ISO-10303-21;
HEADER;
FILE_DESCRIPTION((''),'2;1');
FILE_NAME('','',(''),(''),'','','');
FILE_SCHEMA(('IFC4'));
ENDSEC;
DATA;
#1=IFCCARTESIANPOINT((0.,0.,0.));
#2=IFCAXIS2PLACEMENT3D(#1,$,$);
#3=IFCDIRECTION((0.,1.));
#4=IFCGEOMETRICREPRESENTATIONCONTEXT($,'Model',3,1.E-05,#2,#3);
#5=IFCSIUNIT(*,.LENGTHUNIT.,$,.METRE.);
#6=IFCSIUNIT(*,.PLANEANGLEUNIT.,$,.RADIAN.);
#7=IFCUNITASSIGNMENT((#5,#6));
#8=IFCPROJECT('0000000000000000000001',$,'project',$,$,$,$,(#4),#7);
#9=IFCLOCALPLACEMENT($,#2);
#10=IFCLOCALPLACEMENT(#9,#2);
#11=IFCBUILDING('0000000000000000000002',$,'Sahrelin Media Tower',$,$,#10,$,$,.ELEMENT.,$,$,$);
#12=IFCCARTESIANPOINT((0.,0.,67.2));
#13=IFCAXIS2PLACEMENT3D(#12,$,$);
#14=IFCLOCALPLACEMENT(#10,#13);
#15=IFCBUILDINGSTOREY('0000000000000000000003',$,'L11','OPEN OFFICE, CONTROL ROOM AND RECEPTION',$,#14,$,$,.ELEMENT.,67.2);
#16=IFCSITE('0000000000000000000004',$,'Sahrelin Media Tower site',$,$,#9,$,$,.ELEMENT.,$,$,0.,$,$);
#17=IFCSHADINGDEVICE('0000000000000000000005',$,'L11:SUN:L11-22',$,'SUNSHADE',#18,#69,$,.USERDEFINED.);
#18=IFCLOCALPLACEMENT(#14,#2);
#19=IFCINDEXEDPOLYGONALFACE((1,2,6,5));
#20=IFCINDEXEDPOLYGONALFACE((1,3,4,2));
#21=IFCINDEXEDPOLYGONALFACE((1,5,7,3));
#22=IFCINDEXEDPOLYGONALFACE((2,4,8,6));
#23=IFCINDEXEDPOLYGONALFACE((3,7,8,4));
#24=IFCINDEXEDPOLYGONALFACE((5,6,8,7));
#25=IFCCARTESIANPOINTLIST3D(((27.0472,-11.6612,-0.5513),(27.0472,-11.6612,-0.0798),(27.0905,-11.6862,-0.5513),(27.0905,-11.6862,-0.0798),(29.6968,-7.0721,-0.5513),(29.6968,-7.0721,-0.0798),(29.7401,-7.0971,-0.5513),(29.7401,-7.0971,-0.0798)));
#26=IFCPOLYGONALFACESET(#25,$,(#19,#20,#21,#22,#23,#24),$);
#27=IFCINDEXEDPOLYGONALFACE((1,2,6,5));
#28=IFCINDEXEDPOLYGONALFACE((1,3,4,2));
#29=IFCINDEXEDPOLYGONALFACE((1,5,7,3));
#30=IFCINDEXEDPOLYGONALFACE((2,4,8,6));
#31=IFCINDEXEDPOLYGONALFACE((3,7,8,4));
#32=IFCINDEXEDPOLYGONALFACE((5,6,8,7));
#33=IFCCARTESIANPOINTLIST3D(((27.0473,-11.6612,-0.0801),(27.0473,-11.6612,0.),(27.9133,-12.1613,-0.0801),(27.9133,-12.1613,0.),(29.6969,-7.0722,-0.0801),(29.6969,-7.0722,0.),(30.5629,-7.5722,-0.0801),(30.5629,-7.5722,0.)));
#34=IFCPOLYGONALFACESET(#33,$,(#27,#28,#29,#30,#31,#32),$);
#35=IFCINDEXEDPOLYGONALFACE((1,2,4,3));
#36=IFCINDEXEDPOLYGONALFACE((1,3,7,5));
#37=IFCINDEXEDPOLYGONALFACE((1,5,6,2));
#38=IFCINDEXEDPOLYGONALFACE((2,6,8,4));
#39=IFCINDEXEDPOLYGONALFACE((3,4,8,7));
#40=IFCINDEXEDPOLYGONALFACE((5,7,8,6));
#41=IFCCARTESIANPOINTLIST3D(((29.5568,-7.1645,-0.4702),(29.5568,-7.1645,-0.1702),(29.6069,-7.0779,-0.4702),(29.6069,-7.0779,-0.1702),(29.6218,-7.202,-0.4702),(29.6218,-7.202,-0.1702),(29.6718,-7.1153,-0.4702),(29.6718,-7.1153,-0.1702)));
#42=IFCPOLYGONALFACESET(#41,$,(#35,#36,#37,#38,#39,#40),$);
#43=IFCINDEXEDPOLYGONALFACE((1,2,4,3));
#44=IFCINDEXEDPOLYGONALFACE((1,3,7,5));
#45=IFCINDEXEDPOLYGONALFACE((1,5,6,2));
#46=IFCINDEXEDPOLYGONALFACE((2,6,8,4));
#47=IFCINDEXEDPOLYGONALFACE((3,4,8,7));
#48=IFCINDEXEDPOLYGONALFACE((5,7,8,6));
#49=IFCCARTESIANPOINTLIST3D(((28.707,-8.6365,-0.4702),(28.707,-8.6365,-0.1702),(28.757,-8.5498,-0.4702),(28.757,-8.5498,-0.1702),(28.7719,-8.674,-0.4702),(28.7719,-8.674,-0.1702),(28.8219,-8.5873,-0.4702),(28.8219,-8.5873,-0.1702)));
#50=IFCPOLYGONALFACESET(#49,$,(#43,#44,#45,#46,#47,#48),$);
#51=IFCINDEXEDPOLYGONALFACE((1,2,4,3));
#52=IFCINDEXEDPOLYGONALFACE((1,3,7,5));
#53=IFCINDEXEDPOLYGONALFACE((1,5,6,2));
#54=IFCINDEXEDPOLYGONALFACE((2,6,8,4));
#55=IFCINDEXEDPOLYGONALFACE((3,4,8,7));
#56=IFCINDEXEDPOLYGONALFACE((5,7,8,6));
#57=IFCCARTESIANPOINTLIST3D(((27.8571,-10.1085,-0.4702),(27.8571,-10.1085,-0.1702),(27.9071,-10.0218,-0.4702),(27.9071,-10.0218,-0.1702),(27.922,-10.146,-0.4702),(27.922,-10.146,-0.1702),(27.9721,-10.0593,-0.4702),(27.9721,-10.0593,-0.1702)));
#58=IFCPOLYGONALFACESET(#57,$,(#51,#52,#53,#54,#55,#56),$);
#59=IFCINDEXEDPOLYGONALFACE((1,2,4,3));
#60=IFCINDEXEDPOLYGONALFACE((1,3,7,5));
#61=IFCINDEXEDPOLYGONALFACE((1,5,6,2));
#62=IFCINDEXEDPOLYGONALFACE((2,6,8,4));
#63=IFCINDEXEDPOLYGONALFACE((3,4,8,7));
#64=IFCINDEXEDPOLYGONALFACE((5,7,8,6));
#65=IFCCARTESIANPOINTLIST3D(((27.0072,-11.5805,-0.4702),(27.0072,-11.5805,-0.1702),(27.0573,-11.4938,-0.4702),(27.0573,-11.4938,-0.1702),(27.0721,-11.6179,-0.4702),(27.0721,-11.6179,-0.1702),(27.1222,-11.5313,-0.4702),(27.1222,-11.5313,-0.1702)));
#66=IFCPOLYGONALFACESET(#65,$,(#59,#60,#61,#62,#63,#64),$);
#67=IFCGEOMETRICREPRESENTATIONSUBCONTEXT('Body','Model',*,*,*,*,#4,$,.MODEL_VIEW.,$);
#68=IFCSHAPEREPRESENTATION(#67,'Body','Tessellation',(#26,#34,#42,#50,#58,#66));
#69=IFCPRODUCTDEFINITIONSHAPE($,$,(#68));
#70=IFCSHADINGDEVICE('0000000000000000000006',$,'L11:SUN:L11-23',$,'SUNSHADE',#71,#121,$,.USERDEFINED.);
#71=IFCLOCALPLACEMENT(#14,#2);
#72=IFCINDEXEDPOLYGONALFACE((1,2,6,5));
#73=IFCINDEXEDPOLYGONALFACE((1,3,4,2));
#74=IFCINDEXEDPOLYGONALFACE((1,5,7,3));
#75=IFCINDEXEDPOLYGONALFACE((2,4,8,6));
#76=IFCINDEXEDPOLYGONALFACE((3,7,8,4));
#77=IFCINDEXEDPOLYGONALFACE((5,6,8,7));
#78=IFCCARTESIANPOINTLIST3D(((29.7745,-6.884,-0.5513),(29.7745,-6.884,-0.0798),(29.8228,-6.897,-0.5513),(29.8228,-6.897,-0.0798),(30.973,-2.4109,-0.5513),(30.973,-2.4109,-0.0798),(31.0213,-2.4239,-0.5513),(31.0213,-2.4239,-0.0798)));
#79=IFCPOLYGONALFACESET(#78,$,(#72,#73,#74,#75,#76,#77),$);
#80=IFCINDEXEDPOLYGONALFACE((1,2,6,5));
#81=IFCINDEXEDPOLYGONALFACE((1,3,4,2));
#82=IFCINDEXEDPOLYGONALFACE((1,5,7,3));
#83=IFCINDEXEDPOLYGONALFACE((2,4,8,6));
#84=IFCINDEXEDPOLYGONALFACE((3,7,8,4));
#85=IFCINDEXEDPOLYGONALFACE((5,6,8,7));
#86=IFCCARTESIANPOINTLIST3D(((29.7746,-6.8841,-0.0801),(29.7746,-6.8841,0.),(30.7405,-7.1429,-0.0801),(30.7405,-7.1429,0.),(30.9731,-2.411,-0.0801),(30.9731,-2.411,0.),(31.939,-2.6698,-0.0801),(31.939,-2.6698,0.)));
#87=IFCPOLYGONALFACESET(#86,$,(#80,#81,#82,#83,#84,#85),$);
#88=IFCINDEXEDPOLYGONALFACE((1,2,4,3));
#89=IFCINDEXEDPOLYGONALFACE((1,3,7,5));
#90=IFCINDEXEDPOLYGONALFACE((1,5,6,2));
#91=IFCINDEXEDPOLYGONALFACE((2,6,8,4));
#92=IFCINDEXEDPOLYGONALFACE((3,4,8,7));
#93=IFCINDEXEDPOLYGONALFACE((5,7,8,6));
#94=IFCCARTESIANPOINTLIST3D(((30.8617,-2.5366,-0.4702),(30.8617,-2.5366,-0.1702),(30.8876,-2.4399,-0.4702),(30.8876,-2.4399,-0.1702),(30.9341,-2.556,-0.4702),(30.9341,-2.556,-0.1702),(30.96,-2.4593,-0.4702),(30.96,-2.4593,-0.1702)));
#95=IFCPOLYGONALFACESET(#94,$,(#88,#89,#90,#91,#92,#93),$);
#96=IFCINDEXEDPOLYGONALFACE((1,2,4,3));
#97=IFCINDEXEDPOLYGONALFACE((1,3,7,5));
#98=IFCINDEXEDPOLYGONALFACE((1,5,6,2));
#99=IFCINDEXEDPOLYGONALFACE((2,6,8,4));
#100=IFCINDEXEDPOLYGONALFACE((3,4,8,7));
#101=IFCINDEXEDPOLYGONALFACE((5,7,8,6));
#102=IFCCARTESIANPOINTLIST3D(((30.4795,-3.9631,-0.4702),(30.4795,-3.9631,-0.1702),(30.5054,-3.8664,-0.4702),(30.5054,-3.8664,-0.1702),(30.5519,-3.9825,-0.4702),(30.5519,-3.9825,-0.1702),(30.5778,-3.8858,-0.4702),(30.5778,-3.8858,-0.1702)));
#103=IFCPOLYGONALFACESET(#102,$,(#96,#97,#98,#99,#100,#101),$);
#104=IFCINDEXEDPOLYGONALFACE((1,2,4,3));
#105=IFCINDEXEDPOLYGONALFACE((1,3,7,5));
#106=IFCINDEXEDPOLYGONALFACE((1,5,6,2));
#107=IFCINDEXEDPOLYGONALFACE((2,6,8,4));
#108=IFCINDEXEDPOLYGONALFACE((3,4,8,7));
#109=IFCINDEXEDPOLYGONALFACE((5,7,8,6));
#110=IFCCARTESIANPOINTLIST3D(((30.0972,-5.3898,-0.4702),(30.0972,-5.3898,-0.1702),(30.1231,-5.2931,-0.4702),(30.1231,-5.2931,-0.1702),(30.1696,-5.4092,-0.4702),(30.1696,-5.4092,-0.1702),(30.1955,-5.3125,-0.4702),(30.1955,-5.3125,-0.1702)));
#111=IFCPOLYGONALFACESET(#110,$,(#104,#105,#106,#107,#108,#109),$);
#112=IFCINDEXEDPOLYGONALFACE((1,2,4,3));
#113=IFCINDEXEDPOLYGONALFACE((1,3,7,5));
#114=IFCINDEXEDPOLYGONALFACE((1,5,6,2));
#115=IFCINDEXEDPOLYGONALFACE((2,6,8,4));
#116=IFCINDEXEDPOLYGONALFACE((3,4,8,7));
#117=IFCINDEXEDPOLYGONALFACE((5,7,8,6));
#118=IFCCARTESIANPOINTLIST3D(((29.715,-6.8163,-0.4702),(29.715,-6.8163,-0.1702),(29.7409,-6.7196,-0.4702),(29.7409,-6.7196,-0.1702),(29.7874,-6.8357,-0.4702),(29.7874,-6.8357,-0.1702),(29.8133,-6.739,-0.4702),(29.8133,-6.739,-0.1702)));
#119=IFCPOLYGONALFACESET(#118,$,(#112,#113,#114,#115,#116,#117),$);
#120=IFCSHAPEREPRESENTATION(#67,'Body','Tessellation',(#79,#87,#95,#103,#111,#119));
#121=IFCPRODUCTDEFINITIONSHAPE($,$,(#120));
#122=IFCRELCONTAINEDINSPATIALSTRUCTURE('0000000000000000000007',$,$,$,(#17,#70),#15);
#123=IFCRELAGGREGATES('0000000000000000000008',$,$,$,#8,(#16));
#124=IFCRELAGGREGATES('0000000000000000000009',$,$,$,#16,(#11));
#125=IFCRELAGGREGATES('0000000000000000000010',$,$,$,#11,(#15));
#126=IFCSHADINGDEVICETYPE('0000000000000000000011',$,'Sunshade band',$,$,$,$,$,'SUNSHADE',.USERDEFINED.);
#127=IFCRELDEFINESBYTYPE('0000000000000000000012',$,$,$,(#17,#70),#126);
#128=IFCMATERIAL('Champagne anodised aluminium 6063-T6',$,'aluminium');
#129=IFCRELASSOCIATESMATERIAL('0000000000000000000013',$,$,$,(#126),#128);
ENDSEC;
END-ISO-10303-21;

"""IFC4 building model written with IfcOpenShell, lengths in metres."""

from ifc_helpers import new_model, si_unit, direction, frame, origin, origin_2d, place, context, subcontext, project, spatial, rectangle, extrude, material, type_object, element, save


model = new_model("IFC4")

# Units and contexts
model_context = context("Model", 3, precision=1e-05, world=origin(), true_north=direction((0.0, 1.0)))
body_context = subcontext(model_context, "Body", "Model", "MODEL_VIEW")
ifc_project = project(units=[si_unit("LENGTHUNIT", "METRE"), si_unit("PLANEANGLEUNIT", "RADIAN")], contexts=[model_context])

# Site, building, storey
site_placement = place(None, origin())
site = spatial("IfcSite", under=ifc_project, at=site_placement, Name="Sahrelin Media Tower site", CompositionType="ELEMENT", RefElevation=0.0)
building_placement = place(site_placement, origin())
building = spatial("IfcBuilding", under=site, at=building_placement, Name="Sahrelin Media Tower", CompositionType="ELEMENT")
storey_placement = place(building_placement, frame((0.0, 0.0, 67.2)))
storey = spatial("IfcBuildingStorey", under=building, at=storey_placement, Name="L11", Description="OPEN OFFICE, CONTROL ROOM AND RECEPTION", CompositionType="ELEMENT", Elevation=67.2)

# Shared definitions
ifc_material_1 = material(Name="Champagne anodised aluminium 6063-T6", Category="aluminium")

# Shared definitions
placement_1 = place(storey_placement, frame((28.3547, -9.3567, 0.0), z_axis=(0.0, 0.0, 1.0), x_axis=(-0.500011, -0.866019, 0.0)))
placement_2 = place(storey_placement, frame((30.3545, -4.6423, 0.0), z_axis=(0.0, 0.0, 1.0), x_axis=(-0.258808, -0.965929, 0.0)))

# Shading devices
shading_device_type_1 = type_object("IfcShadingDeviceType", Name="Sunshade band", ElementType="SUNSHADE", PredefinedType="USERDEFINED", material=ifc_material_1)
element("IfcShadingDevice", 1, at=placement_1, inside=storey, type_object=shading_device_type_1, Name="L11:SUN:L11-22", ObjectType="SUNSHADE", PredefinedType="USERDEFINED", context=body_context, shape_type="SweptSolid", body=[
    extrude(rectangle(XDim=5.2991, YDim=0.05, at=origin_2d()), frame((0.0, 0.0449, -0.5513)), (0.0, 0.0, 1.0), 0.4714),
    extrude(rectangle(XDim=5.2991, YDim=1.0, at=origin_2d()), frame((0.0, 0.52, -0.0801)), (0.0, 0.0, 1.0), 0.0801),
    extrude(rectangle(XDim=0.1001, YDim=0.075, at=origin_2d()), frame((-2.5496, -0.0176, -0.4702)), (0.0, 0.0, 1.0), 0.3),
    extrude(rectangle(XDim=0.1001, YDim=0.075, at=origin_2d()), frame((-0.8499, -0.0176, -0.4702)), (0.0, 0.0, 1.0), 0.3),
    extrude(rectangle(XDim=0.1001, YDim=0.075, at=origin_2d()), frame((0.8499, -0.0176, -0.4702)), (0.0, 0.0, 1.0), 0.3),
    extrude(rectangle(XDim=0.1001, YDim=0.075, at=origin_2d()), frame((2.5496, -0.0176, -0.4702)), (0.0, 0.0, 1.0), 0.3),
])
element("IfcShadingDevice", 2, at=placement_2, inside=storey, type_object=shading_device_type_1, Name="L11:SUN:L11-23", ObjectType="SUNSHADE", PredefinedType="USERDEFINED", context=body_context, shape_type="SweptSolid", body=[
    extrude(rectangle(XDim=4.6309, YDim=0.05, at=origin_2d()), frame((0.0, 0.0449, -0.5513)), (0.0, 0.0, 1.0), 0.4714),
    extrude(rectangle(XDim=4.6309, YDim=1.0, at=origin_2d()), frame((0.0, 0.52, -0.0801)), (0.0, 0.0, 1.0), 0.0801),
    extrude(rectangle(XDim=0.1001, YDim=0.075, at=origin_2d()), frame((-2.2153, -0.0176, -0.4702)), (0.0, 0.0, 1.0), 0.3),
    extrude(rectangle(XDim=0.1001, YDim=0.075, at=origin_2d()), frame((-0.7385, -0.0176, -0.4702)), (0.0, 0.0, 1.0), 0.3),
    extrude(rectangle(XDim=0.1001, YDim=0.075, at=origin_2d()), frame((0.7385, -0.0176, -0.4702)), (0.0, 0.0, 1.0), 0.3),
    extrude(rectangle(XDim=0.1001, YDim=0.075, at=origin_2d()), frame((2.2153, -0.0176, -0.4702)), (0.0, 0.0, 1.0), 0.3),
])

save(model, "model.ifc")
